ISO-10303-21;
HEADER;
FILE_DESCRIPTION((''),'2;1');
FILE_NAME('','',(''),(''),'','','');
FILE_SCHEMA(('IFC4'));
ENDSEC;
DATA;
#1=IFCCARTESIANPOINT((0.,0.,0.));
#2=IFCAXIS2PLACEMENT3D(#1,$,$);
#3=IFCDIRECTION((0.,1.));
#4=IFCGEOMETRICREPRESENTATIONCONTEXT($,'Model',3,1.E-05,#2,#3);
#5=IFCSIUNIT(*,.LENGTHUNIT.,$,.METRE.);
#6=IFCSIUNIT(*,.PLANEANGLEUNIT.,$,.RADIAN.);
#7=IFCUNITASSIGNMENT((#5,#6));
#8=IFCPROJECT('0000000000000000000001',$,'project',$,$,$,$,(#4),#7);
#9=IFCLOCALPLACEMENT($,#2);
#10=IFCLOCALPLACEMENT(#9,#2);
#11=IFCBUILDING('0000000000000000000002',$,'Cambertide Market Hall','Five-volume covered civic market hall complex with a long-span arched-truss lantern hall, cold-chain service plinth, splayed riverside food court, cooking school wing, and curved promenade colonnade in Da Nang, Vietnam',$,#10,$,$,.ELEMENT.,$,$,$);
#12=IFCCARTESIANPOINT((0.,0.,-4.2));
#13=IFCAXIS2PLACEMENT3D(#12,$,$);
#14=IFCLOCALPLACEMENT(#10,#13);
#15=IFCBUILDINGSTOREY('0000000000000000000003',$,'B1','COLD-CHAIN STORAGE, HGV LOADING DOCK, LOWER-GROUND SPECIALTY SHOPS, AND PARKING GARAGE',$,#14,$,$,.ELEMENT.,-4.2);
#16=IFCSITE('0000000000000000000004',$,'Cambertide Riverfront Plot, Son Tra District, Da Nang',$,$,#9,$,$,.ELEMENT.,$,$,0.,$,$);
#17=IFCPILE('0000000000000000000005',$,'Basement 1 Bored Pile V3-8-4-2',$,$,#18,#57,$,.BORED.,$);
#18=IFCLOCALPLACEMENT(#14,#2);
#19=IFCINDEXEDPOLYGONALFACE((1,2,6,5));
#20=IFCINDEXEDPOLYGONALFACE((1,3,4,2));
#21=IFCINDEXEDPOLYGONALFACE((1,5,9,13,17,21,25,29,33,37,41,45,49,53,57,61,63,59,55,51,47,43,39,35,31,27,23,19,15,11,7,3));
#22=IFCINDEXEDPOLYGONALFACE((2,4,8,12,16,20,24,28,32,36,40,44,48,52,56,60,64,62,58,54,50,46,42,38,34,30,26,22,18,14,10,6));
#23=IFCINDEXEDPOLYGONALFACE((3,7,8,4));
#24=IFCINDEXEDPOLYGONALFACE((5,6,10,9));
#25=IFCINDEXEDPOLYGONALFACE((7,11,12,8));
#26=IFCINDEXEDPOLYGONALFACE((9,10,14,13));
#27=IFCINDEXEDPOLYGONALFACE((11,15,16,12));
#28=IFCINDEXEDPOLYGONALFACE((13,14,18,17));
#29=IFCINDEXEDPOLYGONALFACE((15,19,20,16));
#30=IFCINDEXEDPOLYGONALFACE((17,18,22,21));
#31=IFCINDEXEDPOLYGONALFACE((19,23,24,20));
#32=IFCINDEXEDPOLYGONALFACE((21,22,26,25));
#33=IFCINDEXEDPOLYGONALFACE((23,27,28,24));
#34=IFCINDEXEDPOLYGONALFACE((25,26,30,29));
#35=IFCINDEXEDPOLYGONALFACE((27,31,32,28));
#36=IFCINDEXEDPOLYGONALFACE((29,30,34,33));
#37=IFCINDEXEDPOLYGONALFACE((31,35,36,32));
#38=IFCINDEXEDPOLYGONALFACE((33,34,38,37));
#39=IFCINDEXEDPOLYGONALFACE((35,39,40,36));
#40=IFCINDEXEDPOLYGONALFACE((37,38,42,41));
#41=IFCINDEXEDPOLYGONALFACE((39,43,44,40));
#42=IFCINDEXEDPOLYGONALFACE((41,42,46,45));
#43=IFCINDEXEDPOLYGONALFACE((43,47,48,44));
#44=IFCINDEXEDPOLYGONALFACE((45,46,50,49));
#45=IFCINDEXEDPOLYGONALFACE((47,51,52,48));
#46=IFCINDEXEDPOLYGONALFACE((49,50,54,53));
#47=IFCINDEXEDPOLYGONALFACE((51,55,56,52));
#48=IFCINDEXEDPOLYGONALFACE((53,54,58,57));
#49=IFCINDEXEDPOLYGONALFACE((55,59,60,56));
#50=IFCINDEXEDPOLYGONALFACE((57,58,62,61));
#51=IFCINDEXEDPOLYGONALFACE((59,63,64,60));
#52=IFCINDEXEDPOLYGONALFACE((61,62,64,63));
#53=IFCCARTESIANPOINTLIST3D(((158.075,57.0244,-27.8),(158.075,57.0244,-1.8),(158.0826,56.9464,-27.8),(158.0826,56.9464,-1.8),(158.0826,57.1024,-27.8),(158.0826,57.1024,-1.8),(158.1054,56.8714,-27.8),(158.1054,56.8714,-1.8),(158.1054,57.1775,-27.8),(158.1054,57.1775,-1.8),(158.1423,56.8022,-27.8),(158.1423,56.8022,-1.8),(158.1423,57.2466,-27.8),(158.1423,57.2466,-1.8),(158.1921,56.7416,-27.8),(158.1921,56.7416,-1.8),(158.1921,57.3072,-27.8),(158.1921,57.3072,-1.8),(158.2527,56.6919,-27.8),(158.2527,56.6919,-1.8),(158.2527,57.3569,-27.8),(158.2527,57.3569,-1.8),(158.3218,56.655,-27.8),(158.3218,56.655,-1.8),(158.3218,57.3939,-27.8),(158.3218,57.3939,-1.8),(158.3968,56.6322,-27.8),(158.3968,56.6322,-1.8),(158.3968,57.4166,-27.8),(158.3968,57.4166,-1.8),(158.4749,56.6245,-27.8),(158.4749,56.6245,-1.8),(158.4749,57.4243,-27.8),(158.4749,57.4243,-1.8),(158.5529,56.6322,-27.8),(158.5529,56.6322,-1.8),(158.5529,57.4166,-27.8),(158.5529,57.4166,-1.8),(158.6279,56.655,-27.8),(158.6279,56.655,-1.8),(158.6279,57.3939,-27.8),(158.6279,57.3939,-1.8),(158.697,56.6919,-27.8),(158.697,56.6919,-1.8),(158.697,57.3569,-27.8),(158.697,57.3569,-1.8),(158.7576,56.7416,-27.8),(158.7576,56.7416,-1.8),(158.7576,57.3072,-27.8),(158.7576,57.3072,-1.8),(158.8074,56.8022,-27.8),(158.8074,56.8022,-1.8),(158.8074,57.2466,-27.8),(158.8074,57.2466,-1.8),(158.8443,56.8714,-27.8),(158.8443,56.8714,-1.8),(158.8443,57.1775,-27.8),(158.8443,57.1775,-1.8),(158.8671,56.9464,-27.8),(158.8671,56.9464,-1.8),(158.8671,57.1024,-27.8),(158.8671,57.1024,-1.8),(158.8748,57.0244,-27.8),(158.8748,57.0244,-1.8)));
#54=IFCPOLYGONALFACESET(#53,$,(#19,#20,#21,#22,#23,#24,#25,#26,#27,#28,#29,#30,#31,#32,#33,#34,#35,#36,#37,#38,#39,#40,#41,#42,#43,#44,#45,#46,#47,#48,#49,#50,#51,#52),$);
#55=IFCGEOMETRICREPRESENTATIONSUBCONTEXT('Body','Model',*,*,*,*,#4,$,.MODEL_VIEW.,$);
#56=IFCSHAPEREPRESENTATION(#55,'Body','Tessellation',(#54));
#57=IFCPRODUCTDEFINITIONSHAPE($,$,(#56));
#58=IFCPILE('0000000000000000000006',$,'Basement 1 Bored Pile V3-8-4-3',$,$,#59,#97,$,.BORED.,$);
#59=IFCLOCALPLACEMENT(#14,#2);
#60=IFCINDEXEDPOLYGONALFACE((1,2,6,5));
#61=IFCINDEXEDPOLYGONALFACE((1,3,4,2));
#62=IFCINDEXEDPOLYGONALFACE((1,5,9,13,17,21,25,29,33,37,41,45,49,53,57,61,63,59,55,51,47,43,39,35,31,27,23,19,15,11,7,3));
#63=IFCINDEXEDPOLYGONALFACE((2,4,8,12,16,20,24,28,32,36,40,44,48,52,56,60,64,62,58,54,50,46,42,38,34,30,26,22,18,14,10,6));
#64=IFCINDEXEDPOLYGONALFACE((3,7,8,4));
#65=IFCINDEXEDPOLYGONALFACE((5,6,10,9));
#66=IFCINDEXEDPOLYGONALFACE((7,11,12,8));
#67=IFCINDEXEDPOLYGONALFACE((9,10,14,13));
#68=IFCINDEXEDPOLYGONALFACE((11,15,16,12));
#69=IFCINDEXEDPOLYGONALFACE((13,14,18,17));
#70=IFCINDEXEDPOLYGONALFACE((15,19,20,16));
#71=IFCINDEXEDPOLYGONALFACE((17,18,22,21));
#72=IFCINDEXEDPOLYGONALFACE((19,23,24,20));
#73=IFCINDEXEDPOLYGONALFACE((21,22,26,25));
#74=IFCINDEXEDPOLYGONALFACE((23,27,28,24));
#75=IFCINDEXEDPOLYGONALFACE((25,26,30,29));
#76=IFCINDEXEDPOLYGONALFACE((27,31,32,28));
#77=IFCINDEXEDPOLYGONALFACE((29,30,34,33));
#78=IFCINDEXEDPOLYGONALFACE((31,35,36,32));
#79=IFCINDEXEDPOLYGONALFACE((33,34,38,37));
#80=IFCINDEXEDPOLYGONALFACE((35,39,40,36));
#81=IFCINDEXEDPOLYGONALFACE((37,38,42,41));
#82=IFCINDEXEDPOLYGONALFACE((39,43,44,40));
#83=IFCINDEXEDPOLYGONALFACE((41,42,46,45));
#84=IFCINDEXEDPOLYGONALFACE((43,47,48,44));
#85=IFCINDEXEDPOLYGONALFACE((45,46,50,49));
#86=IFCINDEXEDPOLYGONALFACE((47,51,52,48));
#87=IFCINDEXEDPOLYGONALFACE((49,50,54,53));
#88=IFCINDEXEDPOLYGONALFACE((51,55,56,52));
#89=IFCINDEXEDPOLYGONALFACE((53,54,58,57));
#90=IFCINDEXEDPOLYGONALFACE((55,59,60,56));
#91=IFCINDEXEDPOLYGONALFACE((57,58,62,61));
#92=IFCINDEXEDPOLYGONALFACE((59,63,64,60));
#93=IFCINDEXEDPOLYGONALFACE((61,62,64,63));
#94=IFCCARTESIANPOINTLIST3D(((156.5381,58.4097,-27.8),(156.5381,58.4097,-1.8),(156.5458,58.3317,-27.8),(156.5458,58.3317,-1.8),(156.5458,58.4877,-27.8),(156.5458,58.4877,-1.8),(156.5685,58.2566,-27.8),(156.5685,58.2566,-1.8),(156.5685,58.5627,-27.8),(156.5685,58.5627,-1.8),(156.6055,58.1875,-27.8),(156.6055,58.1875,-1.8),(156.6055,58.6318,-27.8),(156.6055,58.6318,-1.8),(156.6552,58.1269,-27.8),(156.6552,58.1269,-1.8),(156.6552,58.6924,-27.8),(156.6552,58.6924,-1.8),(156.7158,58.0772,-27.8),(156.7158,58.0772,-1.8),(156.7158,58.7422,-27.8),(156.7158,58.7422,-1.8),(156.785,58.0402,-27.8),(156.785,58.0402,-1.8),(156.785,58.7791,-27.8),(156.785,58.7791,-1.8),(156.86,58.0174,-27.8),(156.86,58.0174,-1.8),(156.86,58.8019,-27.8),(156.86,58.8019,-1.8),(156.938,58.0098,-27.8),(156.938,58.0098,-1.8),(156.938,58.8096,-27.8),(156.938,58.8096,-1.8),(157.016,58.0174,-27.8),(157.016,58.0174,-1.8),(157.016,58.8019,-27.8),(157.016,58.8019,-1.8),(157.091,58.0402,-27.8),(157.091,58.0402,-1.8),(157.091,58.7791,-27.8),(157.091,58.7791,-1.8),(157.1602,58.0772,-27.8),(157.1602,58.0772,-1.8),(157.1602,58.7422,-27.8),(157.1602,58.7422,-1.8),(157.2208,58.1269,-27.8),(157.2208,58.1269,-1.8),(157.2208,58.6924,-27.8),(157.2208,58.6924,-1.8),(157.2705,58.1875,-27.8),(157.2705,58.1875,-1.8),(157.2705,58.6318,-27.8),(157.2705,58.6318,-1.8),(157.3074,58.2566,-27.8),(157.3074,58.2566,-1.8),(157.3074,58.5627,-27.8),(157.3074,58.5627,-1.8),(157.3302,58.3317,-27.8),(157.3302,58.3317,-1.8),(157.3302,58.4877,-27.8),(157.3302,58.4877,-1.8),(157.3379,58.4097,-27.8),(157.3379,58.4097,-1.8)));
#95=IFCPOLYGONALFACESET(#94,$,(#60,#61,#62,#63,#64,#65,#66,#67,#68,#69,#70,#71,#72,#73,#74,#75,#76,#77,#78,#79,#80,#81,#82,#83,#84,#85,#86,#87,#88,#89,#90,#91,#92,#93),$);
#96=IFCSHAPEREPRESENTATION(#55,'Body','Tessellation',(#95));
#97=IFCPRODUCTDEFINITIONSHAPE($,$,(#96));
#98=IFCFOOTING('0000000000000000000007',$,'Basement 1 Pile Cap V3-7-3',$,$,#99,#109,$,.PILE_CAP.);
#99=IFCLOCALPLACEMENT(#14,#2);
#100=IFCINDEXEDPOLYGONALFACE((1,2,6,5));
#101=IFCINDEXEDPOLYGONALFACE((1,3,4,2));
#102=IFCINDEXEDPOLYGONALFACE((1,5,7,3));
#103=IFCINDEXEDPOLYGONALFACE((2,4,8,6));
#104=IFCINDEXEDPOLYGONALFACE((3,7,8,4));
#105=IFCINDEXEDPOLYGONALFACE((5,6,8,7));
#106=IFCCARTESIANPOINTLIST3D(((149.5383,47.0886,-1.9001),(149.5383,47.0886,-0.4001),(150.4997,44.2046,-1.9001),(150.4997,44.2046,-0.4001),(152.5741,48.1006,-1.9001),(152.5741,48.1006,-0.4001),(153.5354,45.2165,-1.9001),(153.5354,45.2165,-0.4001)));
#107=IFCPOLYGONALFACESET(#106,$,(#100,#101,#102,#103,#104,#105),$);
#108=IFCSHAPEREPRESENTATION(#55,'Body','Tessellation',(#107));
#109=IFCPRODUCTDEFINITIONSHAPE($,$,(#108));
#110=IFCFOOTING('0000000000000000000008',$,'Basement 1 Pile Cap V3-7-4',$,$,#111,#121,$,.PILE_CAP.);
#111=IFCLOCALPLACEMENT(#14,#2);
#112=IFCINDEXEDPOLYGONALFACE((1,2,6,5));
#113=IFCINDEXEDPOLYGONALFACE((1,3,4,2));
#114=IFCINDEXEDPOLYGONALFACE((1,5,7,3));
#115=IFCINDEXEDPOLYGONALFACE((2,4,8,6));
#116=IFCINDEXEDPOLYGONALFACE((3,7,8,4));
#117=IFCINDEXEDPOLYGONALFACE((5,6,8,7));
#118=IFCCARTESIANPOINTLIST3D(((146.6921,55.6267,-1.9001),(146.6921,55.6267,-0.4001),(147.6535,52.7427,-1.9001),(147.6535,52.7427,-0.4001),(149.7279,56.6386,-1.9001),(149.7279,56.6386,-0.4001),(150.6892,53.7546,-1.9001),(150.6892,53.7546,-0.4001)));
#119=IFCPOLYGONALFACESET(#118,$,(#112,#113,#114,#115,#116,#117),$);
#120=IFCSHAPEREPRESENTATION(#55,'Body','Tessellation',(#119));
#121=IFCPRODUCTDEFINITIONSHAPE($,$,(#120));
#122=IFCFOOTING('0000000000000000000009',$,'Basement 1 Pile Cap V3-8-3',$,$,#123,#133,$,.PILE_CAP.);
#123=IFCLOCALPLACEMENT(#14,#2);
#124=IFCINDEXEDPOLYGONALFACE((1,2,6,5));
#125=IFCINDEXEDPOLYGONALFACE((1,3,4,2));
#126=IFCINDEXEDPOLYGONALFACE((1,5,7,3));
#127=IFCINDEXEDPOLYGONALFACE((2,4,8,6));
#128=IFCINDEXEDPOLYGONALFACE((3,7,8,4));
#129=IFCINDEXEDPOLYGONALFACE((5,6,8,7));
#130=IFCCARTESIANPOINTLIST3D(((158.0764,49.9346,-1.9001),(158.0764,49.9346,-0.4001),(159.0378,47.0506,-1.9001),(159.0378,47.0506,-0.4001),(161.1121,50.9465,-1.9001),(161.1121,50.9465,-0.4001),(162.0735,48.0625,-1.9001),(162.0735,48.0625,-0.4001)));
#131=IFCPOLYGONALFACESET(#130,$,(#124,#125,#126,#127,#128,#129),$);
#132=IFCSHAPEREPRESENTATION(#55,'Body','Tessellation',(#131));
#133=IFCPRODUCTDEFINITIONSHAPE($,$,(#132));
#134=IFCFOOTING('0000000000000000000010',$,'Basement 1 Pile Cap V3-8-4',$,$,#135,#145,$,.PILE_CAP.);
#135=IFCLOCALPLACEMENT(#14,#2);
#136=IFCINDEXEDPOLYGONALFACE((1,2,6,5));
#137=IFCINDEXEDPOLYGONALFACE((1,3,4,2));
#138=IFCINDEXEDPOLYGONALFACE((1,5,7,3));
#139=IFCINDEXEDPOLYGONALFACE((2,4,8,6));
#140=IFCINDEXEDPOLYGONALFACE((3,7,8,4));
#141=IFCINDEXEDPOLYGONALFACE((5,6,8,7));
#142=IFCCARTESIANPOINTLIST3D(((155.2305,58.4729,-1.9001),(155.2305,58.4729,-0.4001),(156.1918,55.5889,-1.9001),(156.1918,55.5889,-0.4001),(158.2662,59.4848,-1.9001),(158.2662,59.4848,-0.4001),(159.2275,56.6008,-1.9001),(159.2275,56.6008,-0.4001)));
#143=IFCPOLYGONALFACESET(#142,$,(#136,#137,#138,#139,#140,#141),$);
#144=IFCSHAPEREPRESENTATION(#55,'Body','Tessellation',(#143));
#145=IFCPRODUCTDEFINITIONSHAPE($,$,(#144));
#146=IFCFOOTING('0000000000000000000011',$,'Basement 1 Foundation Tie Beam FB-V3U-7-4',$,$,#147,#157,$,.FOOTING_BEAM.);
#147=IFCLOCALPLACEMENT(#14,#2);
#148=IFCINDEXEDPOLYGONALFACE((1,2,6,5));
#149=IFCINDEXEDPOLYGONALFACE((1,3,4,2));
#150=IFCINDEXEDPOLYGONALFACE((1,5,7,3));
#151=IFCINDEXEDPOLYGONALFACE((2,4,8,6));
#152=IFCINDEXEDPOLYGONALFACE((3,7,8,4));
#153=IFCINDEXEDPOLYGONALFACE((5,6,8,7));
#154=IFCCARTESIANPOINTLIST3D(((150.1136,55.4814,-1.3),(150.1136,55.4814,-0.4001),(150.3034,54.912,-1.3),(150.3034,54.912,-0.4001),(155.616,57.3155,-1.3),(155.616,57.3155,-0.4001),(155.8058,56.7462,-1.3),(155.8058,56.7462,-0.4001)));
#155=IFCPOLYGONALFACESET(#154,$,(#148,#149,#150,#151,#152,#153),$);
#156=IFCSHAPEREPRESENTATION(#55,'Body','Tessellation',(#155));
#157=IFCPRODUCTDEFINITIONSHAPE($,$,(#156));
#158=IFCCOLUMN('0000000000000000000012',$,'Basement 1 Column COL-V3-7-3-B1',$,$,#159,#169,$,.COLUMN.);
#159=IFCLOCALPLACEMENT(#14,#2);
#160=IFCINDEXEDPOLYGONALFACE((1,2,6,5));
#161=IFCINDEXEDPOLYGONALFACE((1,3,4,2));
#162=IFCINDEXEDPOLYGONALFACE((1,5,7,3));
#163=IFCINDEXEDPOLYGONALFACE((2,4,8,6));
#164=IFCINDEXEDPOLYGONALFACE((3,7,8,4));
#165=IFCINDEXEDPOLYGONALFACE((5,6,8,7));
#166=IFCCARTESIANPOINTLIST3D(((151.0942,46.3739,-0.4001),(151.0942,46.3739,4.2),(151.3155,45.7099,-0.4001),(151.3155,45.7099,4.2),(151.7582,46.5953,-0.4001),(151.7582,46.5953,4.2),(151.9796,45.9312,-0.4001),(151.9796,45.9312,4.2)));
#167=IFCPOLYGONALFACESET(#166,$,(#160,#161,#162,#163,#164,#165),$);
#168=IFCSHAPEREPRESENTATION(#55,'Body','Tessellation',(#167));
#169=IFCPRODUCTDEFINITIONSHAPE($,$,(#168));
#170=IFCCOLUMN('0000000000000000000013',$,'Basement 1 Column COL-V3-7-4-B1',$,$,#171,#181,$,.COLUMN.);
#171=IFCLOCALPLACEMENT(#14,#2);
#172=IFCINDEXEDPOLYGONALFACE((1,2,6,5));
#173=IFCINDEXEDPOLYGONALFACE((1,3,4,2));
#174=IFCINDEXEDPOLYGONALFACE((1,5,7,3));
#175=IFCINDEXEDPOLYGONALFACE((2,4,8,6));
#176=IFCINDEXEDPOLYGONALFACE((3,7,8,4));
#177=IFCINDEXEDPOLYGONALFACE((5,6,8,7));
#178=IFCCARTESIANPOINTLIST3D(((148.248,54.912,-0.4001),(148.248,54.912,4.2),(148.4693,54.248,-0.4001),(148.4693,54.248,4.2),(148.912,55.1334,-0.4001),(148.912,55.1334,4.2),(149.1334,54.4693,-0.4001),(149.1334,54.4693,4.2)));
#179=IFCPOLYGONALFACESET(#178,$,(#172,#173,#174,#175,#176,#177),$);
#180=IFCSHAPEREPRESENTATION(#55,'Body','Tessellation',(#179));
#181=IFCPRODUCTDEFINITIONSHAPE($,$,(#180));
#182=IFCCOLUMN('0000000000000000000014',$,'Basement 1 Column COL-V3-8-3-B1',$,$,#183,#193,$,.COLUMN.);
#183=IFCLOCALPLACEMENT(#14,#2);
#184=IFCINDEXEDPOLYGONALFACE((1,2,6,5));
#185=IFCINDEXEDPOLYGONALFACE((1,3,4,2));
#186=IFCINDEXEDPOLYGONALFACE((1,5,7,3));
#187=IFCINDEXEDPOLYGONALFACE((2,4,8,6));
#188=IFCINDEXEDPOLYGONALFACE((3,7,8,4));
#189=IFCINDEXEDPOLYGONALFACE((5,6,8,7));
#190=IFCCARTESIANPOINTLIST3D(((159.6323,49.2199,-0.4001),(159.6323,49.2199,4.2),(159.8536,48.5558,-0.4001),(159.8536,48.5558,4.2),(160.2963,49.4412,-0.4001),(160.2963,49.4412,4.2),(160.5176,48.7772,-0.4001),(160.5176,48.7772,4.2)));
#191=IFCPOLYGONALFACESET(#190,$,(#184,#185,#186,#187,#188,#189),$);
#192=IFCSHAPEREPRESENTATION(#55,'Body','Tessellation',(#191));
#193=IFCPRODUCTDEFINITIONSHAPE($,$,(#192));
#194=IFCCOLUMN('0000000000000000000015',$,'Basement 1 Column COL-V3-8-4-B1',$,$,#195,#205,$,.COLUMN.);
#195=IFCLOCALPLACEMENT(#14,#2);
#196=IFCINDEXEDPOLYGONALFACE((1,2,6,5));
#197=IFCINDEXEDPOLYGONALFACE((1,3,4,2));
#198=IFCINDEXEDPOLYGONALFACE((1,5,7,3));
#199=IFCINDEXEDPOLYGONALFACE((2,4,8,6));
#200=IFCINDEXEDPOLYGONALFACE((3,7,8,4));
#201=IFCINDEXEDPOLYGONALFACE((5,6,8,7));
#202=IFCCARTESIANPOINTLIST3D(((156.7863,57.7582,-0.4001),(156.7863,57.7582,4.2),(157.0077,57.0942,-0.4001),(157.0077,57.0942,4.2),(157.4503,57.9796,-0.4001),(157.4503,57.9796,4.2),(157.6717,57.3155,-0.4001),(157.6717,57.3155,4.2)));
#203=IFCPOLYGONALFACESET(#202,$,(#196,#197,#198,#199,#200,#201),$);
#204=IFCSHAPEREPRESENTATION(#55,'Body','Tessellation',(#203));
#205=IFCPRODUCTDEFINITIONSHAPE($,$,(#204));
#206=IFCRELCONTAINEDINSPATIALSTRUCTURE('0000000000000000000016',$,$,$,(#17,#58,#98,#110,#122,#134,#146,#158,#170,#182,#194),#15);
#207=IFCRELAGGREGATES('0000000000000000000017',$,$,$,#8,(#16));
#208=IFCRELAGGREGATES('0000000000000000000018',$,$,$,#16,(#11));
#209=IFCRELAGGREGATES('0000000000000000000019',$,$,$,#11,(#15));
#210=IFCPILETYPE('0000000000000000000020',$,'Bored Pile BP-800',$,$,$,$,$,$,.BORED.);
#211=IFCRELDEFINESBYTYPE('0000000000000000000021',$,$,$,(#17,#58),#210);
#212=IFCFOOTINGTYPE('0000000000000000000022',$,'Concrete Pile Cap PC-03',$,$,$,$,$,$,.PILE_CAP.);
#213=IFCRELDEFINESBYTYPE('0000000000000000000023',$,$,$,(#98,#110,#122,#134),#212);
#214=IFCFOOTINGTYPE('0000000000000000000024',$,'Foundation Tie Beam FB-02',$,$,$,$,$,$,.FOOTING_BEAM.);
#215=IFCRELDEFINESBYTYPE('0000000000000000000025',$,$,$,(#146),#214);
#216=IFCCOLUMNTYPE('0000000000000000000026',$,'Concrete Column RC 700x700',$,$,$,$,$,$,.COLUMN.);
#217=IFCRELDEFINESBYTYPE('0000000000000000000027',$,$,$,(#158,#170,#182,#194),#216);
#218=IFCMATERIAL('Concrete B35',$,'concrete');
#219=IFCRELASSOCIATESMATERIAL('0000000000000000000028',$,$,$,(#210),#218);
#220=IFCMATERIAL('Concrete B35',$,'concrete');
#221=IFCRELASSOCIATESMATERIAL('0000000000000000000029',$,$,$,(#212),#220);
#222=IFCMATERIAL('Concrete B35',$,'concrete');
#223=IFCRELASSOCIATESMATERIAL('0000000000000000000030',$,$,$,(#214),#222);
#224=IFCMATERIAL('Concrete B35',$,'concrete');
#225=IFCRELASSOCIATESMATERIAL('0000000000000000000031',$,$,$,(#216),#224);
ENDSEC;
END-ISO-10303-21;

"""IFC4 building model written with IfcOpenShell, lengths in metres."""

from ifc_helpers import new_model, si_unit, direction, frame, origin, origin_2d, place, context, subcontext, project, spatial, rectangle, circle, extrude, material, material_profile, profile_set, type_object, element, save


model = new_model("IFC4")

# Units and contexts
model_context = context("Model", 3, precision=1e-05, world=origin(), true_north=direction((0.0, 1.0)))
body_context = subcontext(model_context, "Body", "Model", "MODEL_VIEW")
ifc_project = project(units=[si_unit("LENGTHUNIT", "METRE"), si_unit("PLANEANGLEUNIT", "RADIAN")], contexts=[model_context])

# Site, building, storey
site_placement = place(None, origin())
site = spatial("IfcSite", under=ifc_project, at=site_placement, Name="Cambertide Riverfront Plot, Son Tra District, Da Nang", CompositionType="ELEMENT", RefElevation=0.0)
building_placement = place(site_placement, origin())
building = spatial("IfcBuilding", under=site, at=building_placement, Name="Cambertide Market Hall", Description="Five-volume covered civic market hall complex with a long-span arched-truss lantern hall, cold-chain service plinth, splayed riverside food court, cooking school wing, and curved promenade colonnade in Da Nang, Vietnam", CompositionType="ELEMENT")
storey_placement = place(building_placement, frame((0.0, 0.0, -4.2)))
storey = spatial("IfcBuildingStorey", under=building, at=storey_placement, Name="B1", Description="COLD-CHAIN STORAGE, HGV LOADING DOCK, LOWER-GROUND SPECIALTY SHOPS, AND PARKING GARAGE", CompositionType="ELEMENT", Elevation=-4.2)

# Piles
ifc_material_1 = material(Name="Concrete B35", Category="concrete")
ifc_material_profile_1 = material_profile(ifc_material_1, circle(Radius=0.3999, at=origin_2d()), Name="BP D800")
ifc_profile_set_1 = profile_set([ifc_material_profile_1], Name="Concrete B35")
pile_type = type_object("IfcPileType", Name="Bored Pile BP-800", PredefinedType="BORED", material=ifc_profile_set_1)
for number, where, z_axis, x_axis, name in (
    (1, (158.4749, 57.0244, -1.8), (0.0, 0.0, -1.0), (1.0, 0.0, 0.0), "Basement 1 Bored Pile V3-8-4-2"),
    (2, (156.938, 58.4097, -1.8), (0.0, 0.0, -1.0), (1.0, 0.0, 0.0), "Basement 1 Bored Pile V3-8-4-3"),
):
    element("IfcPile", number, at=place(storey_placement, frame(where, z_axis=z_axis, x_axis=x_axis)), inside=storey, type_object=pile_type, Name=name, PredefinedType="BORED", context=body_context, shape_type="SweptSolid", body=[
        extrude(circle(Radius=0.3999, at=origin_2d()), origin(), (0.0, 0.0, 1.0), 26.0),
    ])

# Footings
ifc_material_2 = material(Name="Concrete B35", Category="concrete")
footing_type_1 = type_object("IfcFootingType", Name="Concrete Pile Cap PC-03", PredefinedType="PILE_CAP", material=ifc_material_2)
for number, where, z_axis, x_axis, name in (
    (3, (151.5369, 46.1526, -1.9001), (0.0, 0.0, 1.0), (0.948683, 0.316228, 0.0), "Basement 1 Pile Cap V3-7-3"),
    (4, (148.6907, 54.6907, -1.9001), (0.0, 0.0, 1.0), (0.948683, 0.316228, 0.0), "Basement 1 Pile Cap V3-7-4"),
    (5, (160.075, 48.9985, -1.9001), (0.0, 0.0, 1.0), (0.948683, 0.316228, 0.0), "Basement 1 Pile Cap V3-8-3"),
    (6, (157.229, 57.5369, -1.9001), (0.0, 0.0, 1.0), (0.948683, 0.316228, 0.0), "Basement 1 Pile Cap V3-8-4"),
):
    element("IfcFooting", number, at=place(storey_placement, frame(where, z_axis=z_axis, x_axis=x_axis)), inside=storey, type_object=footing_type_1, Name=name, PredefinedType="PILE_CAP", context=body_context, shape_type="SweptSolid", body=[
        extrude(rectangle(XDim=3.2, YDim=3.04, at=origin_2d()), origin(), (0.0, 0.0, 1.0), 1.5),
    ])
ifc_material_3 = material(Name="Concrete B35", Category="concrete")
footing_type_2 = type_object("IfcFootingType", Name="Foundation Tie Beam FB-02", PredefinedType="FOOTING_BEAM", material=ifc_material_3)
footing_placement = place(storey_placement, frame((152.9597, 56.1138, -1.3), z_axis=(0.0, 0.0, 1.0), x_axis=(0.948683, 0.316228, 0.0)))
element("IfcFooting", 7, at=footing_placement, inside=storey, type_object=footing_type_2, Name="Basement 1 Foundation Tie Beam FB-V3U-7-4", PredefinedType="FOOTING_BEAM", context=body_context, shape_type="SweptSolid", body=[
    extrude(rectangle(XDim=5.8, YDim=0.6001, at=origin_2d()), origin(), (0.0, 0.0, 1.0), 0.8999),
])

# Columns
ifc_material_4 = material(Name="Concrete B35", Category="concrete")
ifc_material_profile_2 = material_profile(ifc_material_4, rectangle(XDim=0.7, YDim=0.7, at=origin_2d()), Name="RC 700x700")
ifc_profile_set_2 = profile_set([ifc_material_profile_2], Name="Concrete B35")
column_type = type_object("IfcColumnType", Name="Concrete Column RC 700x700", PredefinedType="COLUMN", material=ifc_profile_set_2)
for number, where, z_axis, x_axis, name in (
    (8, (151.5369, 46.1526, -0.4001), (0.0, 0.0, 1.0), (0.948683, 0.316228, 0.0), "Basement 1 Column COL-V3-7-3-B1"),
    (9, (148.6907, 54.6907, -0.4001), (0.0, 0.0, 1.0), (0.948683, 0.316228, 0.0), "Basement 1 Column COL-V3-7-4-B1"),
    (10, (160.075, 48.9985, -0.4001), (0.0, 0.0, 1.0), (0.948683, 0.316228, 0.0), "Basement 1 Column COL-V3-8-3-B1"),
    (11, (157.229, 57.5369, -0.4001), (0.0, 0.0, 1.0), (0.948683, 0.316228, 0.0), "Basement 1 Column COL-V3-8-4-B1"),
):
    element("IfcColumn", number, at=place(storey_placement, frame(where, z_axis=z_axis, x_axis=x_axis)), inside=storey, type_object=column_type, Name=name, PredefinedType="COLUMN", context=body_context, shape_type="SweptSolid", body=[
        extrude(rectangle(XDim=0.7, YDim=0.7, at=origin_2d()), origin(), (0.0, 0.0, 1.0), 4.6001),
    ])

save(model, "model.ifc")
